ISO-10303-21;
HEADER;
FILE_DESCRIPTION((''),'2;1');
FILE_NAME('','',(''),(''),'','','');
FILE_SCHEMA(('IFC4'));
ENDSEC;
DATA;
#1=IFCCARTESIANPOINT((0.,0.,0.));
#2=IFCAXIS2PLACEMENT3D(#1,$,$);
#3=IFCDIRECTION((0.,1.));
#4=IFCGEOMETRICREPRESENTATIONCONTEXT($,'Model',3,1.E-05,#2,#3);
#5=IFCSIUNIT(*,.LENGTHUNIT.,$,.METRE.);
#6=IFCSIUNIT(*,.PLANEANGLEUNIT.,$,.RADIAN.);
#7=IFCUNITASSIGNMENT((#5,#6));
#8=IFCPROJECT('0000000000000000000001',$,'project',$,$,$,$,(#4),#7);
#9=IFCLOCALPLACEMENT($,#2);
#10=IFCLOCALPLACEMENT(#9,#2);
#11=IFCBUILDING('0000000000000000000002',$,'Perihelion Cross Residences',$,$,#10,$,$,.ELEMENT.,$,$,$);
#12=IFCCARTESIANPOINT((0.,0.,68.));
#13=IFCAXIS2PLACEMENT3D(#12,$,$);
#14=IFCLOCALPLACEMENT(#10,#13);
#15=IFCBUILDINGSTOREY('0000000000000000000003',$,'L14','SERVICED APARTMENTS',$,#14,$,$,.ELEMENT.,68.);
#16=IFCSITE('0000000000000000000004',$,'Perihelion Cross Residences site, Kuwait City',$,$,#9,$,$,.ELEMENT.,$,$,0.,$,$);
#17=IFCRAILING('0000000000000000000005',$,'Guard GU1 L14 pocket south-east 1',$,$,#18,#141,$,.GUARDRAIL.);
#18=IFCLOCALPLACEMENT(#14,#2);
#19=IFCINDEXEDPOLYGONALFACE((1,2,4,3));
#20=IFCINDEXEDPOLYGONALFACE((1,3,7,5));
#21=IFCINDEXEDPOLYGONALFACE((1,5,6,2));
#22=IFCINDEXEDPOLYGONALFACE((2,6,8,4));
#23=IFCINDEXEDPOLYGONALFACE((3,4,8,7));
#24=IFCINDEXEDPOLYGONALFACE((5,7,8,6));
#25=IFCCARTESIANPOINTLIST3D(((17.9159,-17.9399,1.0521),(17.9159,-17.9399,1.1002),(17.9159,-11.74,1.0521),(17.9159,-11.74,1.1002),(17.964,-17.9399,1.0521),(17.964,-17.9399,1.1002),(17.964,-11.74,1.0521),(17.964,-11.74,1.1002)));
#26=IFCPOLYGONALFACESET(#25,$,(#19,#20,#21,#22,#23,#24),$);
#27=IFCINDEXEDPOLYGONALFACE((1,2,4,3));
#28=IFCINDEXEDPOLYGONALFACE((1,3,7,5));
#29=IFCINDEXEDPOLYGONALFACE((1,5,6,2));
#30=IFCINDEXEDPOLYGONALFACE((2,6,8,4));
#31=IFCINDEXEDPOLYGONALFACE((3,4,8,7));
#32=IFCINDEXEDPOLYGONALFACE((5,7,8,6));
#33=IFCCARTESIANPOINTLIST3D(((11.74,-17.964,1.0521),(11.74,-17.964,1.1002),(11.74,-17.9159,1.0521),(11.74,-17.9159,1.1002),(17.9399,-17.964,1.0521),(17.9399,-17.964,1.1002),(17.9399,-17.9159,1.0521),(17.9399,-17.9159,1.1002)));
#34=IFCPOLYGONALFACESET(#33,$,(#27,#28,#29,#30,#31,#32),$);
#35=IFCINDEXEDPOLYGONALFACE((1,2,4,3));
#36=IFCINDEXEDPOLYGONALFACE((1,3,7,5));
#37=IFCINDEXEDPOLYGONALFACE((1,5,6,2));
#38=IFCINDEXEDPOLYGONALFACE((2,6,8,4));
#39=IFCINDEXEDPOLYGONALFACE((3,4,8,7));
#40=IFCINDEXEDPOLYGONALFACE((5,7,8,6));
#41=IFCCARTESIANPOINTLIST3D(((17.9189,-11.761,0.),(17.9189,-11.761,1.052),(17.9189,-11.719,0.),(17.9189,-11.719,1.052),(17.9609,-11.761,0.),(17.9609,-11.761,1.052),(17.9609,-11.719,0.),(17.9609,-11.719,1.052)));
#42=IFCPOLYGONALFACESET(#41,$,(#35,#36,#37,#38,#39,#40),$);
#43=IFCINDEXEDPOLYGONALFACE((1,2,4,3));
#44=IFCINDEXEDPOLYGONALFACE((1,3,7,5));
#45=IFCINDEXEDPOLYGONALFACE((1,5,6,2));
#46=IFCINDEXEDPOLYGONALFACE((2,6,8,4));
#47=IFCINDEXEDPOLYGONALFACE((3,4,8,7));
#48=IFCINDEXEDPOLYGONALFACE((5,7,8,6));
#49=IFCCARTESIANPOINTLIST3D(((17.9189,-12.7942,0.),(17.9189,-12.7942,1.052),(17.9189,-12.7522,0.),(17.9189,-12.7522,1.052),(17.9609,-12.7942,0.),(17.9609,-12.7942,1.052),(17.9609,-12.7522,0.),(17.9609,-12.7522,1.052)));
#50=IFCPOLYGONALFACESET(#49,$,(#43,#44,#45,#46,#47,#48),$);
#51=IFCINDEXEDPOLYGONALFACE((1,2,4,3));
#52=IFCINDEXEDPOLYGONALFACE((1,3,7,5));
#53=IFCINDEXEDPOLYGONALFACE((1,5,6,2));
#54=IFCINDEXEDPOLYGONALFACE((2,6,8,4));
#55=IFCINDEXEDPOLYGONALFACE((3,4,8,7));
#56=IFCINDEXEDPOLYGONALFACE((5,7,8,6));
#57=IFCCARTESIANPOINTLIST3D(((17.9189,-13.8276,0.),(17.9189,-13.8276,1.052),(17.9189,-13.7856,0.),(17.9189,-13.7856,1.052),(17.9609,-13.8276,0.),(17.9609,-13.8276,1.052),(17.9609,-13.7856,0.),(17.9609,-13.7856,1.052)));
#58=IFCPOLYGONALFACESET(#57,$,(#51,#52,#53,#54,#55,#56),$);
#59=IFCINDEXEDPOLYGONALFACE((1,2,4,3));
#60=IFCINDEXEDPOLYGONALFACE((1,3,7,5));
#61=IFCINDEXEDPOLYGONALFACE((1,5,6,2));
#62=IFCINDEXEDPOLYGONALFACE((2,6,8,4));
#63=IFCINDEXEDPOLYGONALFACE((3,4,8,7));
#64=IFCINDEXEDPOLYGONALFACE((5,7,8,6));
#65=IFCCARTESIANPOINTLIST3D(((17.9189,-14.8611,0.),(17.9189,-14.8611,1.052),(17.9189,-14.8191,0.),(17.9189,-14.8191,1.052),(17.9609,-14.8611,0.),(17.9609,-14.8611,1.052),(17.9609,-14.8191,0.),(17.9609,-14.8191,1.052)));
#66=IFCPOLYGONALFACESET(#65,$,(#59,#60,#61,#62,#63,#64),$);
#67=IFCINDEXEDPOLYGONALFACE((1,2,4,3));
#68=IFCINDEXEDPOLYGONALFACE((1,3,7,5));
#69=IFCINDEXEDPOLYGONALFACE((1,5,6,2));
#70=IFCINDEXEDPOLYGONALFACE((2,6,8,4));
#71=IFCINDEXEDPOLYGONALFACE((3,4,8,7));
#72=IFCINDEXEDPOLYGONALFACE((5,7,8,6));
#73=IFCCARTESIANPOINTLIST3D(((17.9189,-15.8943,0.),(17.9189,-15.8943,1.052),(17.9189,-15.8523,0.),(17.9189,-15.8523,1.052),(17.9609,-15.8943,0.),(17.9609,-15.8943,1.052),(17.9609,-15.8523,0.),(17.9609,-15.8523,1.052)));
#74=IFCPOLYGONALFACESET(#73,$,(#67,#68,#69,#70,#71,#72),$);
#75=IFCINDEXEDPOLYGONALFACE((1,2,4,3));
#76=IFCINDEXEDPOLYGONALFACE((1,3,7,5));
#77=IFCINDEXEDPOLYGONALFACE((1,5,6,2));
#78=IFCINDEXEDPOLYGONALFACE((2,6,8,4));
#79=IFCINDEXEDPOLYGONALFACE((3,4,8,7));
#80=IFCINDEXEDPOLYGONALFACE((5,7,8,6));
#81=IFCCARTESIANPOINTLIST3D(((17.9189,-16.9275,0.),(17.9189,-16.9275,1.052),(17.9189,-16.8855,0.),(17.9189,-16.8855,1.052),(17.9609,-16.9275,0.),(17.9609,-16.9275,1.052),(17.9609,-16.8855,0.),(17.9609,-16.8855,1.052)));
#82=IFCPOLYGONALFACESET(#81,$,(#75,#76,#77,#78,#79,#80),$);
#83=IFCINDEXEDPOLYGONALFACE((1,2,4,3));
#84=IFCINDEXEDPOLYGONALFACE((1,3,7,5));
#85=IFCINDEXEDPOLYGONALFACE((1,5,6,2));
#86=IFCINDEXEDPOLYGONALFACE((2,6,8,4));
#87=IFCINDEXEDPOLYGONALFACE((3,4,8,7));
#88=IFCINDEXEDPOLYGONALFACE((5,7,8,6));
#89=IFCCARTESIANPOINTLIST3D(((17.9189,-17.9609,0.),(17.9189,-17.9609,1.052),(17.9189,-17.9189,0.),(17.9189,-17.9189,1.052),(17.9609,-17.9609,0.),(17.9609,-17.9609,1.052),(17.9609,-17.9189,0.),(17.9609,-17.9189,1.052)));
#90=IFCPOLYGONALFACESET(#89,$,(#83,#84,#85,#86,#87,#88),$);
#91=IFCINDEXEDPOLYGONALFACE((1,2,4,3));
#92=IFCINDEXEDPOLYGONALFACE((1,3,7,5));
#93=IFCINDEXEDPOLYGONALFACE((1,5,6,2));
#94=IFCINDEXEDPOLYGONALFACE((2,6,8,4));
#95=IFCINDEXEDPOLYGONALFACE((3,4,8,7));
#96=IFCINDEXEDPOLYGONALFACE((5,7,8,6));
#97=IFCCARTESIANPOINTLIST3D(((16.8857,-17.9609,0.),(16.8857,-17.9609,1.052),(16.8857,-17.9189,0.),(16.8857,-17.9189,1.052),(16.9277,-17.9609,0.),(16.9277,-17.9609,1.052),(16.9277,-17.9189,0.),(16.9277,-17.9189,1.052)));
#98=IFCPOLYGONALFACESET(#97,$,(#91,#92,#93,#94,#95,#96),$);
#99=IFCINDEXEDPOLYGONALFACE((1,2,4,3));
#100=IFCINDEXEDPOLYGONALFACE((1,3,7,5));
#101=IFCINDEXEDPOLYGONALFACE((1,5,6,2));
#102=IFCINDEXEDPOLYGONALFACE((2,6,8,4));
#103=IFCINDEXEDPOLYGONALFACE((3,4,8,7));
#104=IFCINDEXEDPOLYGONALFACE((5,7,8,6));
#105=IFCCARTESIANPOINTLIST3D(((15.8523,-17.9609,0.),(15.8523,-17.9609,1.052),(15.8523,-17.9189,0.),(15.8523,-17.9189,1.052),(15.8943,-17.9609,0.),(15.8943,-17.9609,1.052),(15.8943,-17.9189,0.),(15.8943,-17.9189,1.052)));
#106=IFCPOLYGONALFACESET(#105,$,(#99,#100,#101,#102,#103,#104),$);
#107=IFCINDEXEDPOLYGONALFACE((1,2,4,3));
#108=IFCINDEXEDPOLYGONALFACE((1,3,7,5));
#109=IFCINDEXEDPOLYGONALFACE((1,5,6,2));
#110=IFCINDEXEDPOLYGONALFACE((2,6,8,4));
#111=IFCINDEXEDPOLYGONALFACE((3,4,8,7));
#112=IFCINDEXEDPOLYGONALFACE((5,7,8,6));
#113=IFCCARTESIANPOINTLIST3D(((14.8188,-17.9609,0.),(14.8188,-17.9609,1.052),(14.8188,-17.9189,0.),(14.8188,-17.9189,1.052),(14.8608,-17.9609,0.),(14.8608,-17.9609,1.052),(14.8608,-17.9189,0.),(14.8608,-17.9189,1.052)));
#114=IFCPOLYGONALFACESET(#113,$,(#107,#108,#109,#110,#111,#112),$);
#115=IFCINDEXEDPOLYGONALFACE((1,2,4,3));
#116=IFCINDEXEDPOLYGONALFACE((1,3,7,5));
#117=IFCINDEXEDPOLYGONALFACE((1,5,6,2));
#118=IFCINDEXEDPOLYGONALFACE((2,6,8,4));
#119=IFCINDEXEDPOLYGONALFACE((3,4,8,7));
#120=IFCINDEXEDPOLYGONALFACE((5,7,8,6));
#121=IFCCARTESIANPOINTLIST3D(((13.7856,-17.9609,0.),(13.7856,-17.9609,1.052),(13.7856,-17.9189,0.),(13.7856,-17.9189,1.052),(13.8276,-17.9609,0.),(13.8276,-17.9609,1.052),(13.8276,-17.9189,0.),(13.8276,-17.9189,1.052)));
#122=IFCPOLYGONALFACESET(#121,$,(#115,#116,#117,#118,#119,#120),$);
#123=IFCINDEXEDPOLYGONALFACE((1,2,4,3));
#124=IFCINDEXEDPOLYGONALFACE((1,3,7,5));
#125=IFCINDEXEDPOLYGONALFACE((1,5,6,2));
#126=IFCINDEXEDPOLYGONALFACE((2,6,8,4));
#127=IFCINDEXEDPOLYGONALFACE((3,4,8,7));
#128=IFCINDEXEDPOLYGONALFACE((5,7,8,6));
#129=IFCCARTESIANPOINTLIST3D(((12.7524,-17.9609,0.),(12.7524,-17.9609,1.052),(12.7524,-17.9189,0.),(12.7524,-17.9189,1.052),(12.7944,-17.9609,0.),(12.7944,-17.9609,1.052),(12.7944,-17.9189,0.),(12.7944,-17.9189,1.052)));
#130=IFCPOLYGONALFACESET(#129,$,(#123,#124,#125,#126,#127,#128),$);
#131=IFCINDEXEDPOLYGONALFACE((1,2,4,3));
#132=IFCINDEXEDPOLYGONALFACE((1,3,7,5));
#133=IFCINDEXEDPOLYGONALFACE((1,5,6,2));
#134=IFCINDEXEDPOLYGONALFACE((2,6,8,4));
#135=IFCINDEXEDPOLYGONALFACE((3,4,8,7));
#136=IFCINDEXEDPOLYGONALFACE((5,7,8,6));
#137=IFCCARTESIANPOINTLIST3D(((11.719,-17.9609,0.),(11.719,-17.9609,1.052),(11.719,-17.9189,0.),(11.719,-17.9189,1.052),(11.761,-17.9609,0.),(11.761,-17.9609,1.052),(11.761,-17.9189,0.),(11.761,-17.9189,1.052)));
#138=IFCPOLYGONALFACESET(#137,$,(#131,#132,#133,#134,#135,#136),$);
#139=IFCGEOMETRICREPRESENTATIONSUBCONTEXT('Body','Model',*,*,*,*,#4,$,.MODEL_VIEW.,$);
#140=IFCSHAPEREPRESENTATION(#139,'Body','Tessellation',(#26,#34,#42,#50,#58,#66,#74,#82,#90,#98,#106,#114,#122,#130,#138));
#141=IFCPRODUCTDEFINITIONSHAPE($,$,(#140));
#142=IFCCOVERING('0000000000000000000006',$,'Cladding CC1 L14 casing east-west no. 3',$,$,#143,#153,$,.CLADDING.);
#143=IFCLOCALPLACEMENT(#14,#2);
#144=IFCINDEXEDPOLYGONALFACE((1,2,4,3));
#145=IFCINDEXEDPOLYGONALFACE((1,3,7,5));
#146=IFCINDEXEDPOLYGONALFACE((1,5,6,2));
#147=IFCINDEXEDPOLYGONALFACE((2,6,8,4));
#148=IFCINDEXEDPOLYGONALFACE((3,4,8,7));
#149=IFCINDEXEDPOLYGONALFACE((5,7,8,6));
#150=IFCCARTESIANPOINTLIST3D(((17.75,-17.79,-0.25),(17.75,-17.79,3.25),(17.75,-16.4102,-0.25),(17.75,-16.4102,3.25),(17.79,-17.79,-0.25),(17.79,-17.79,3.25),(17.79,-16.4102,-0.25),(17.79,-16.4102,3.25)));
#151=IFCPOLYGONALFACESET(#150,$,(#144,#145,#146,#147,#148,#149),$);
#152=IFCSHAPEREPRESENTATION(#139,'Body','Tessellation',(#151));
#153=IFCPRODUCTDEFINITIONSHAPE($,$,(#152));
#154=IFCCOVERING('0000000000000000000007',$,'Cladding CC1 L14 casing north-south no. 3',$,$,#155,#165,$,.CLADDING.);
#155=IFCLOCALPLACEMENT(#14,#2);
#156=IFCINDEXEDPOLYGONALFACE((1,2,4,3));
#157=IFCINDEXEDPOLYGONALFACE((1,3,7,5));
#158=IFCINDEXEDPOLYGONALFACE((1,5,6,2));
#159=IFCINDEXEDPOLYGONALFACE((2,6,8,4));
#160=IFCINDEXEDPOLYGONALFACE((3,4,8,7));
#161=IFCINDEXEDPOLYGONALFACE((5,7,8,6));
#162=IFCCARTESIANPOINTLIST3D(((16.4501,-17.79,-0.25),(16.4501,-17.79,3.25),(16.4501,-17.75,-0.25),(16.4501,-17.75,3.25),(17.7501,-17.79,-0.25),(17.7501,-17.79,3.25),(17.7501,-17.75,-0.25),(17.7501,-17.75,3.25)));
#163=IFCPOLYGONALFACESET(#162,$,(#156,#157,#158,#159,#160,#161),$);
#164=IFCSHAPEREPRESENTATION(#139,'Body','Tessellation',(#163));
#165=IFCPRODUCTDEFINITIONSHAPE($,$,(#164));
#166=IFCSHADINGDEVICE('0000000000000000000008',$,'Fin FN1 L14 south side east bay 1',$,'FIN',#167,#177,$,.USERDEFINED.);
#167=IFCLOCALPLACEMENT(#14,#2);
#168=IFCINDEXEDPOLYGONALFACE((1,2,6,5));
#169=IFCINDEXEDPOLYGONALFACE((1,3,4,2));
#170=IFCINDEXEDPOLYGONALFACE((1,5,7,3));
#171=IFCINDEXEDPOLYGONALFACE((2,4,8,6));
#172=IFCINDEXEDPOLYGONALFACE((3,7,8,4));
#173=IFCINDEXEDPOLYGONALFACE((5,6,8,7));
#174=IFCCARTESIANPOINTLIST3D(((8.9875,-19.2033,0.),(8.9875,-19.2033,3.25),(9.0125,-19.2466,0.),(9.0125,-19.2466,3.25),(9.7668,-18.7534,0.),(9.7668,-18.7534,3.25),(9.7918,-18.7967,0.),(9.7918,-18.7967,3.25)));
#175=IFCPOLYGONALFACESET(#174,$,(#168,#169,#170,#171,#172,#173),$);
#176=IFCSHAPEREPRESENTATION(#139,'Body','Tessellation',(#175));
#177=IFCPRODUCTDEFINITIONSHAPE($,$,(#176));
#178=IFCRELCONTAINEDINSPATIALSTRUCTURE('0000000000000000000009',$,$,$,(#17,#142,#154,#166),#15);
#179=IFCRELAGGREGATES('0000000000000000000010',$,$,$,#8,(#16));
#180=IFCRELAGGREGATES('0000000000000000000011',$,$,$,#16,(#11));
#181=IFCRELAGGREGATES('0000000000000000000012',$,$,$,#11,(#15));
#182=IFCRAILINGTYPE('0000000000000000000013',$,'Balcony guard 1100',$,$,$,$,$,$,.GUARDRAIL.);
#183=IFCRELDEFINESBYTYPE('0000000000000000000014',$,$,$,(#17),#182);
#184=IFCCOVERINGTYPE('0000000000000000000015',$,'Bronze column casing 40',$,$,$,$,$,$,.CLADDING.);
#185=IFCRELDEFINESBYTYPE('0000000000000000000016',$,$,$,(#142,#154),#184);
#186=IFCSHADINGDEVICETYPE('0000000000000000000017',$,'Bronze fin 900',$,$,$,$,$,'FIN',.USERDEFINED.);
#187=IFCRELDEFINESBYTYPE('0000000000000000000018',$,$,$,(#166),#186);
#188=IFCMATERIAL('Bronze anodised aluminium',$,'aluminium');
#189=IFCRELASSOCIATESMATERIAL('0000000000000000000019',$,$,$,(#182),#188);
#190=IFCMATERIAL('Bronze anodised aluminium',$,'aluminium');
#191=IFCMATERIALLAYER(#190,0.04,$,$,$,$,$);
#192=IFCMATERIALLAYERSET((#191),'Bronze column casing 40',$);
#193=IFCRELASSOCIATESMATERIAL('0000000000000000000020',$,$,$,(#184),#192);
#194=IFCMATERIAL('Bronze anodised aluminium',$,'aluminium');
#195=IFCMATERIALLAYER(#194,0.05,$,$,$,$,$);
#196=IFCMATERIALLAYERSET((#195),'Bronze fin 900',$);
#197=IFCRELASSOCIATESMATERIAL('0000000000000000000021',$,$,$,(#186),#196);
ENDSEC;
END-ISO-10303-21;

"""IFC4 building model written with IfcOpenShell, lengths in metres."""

from ifc_helpers import new_model, si_unit, direction, frame, origin, origin_2d, place, context, subcontext, project, spatial, rectangle, extrude, material, layer, layer_set, type_object, element, save


model = new_model("IFC4")

# Units and contexts
model_context = context("Model", 3, precision=1e-05, world=origin(), true_north=direction((0.0, 1.0)))
body_context = subcontext(model_context, "Body", "Model", "MODEL_VIEW")
ifc_project = project(units=[si_unit("LENGTHUNIT", "METRE"), si_unit("PLANEANGLEUNIT", "RADIAN")], contexts=[model_context])

# Site, building, storey
site_placement = place(None, origin())
site = spatial("IfcSite", under=ifc_project, at=site_placement, Name="Perihelion Cross Residences site, Kuwait City", CompositionType="ELEMENT", RefElevation=0.0)
building_placement = place(site_placement, origin())
building = spatial("IfcBuilding", under=site, at=building_placement, Name="Perihelion Cross Residences", CompositionType="ELEMENT")
storey_placement = place(building_placement, frame((0.0, 0.0, 68.0)))
storey = spatial("IfcBuildingStorey", under=building, at=storey_placement, Name="L14", Description="SERVICED APARTMENTS", CompositionType="ELEMENT", Elevation=68.0)

# Railing
ifc_material_1 = material(Name="Bronze anodised aluminium", Category="aluminium")
railing_type = type_object("IfcRailingType", Name="Balcony guard 1100", PredefinedType="GUARDRAIL", material=ifc_material_1)
railing_1_placement = place(storey_placement, frame((17.9399, -11.74, 0.0)))
element("IfcRailing", 1, at=railing_1_placement, inside=storey, type_object=railing_type, Name="Guard GU1 L14 pocket south-east 1", PredefinedType="GUARDRAIL", context=body_context, shape_type="SweptSolid", body=[
    extrude(rectangle(XDim=0.0481, YDim=0.0481, at=origin_2d()), frame((0.0, 0.0, 1.0762), z_axis=(0.0, -1.0, 0.0), x_axis=(1.0, 0.0, 0.0)), (0.0, 0.0, 1.0), 6.2),
    extrude(rectangle(XDim=0.0481, YDim=0.0481, at=origin_2d()), frame((0.0, -6.2, 1.0762), z_axis=(-1.0, 0.0, 0.0), x_axis=(0.0, -1.0, 0.0)), (0.0, 0.0, 1.0), 6.2),
    extrude(rectangle(XDim=0.042, YDim=0.042, at=origin_2d()), origin(), (0.0, 0.0, 1.0), 1.052),
    extrude(rectangle(XDim=0.042, YDim=0.042, at=origin_2d()), frame((0.0, -1.0332, 0.0)), (0.0, 0.0, 1.0), 1.052),
    extrude(rectangle(XDim=0.042, YDim=0.042, at=origin_2d()), frame((0.0, -2.0667, 0.0)), (0.0, 0.0, 1.0), 1.052),
    extrude(rectangle(XDim=0.042, YDim=0.042, at=origin_2d()), frame((0.0, -3.1001, 0.0)), (0.0, 0.0, 1.0), 1.052),
    extrude(rectangle(XDim=0.042, YDim=0.042, at=origin_2d()), frame((0.0, -4.1333, 0.0)), (0.0, 0.0, 1.0), 1.052),
    extrude(rectangle(XDim=0.042, YDim=0.042, at=origin_2d()), frame((0.0, -5.1665, 0.0)), (0.0, 0.0, 1.0), 1.052),
    extrude(rectangle(XDim=0.042, YDim=0.042, at=origin_2d()), frame((0.0, -6.2, 0.0)), (0.0, 0.0, 1.0), 1.052),
    extrude(rectangle(XDim=0.042, YDim=0.042, at=origin_2d()), frame((-1.0332, -6.2, 0.0)), (0.0, 0.0, 1.0), 1.052),
    extrude(rectangle(XDim=0.042, YDim=0.042, at=origin_2d()), frame((-2.0667, -6.2, 0.0)), (0.0, 0.0, 1.0), 1.052),
    extrude(rectangle(XDim=0.042, YDim=0.042, at=origin_2d()), frame((-3.1001, -6.2, 0.0)), (0.0, 0.0, 1.0), 1.052),
    extrude(rectangle(XDim=0.042, YDim=0.042, at=origin_2d()), frame((-4.1333, -6.2, 0.0)), (0.0, 0.0, 1.0), 1.052),
    extrude(rectangle(XDim=0.042, YDim=0.042, at=origin_2d()), frame((-5.1665, -6.2, 0.0)), (0.0, 0.0, 1.0), 1.052),
    extrude(rectangle(XDim=0.042, YDim=0.042, at=origin_2d()), frame((-6.2, -6.2, 0.0)), (0.0, 0.0, 1.0), 1.052),
])

# Coverings
ifc_material_2 = material(Name="Bronze anodised aluminium", Category="aluminium")
ifc_layer_1 = layer(ifc_material_2, 0.04)
ifc_layer_set_1 = layer_set([ifc_layer_1], Name="Bronze column casing 40")
covering_type = type_object("IfcCoveringType", Name="Bronze column casing 40", PredefinedType="CLADDING", material=ifc_layer_set_1)
covering_1_placement = place(storey_placement, frame((17.77, -17.1001, -0.25), z_axis=(0.0, 0.0, 1.0), x_axis=(1.0, 0.0, 0.0)))
element("IfcCovering", 2, at=covering_1_placement, inside=storey, type_object=covering_type, Name="Cladding CC1 L14 casing east-west no. 3", PredefinedType="CLADDING", context=body_context, shape_type="SweptSolid", body=[
    extrude(rectangle(XDim=0.04, YDim=1.3799, at=origin_2d()), origin(), (0.0, 0.0, 1.0), 3.5),
])
covering_2_placement = place(storey_placement, frame((17.1001, -17.77, -0.25), z_axis=(0.0, 0.0, 1.0), x_axis=(1.0, 0.0, 0.0)))
element("IfcCovering", 3, at=covering_2_placement, inside=storey, type_object=covering_type, Name="Cladding CC1 L14 casing north-south no. 3", PredefinedType="CLADDING", context=body_context, shape_type="SweptSolid", body=[
    extrude(rectangle(XDim=1.3, YDim=0.04, at=origin_2d()), origin(), (0.0, 0.0, 1.0), 3.5),
])

# Shading device
ifc_material_3 = material(Name="Bronze anodised aluminium", Category="aluminium")
ifc_layer_2 = layer(ifc_material_3, 0.05)
ifc_layer_set_2 = layer_set([ifc_layer_2], Name="Bronze fin 900")
shading_device_type = type_object("IfcShadingDeviceType", Name="Bronze fin 900", ElementType="FIN", PredefinedType="USERDEFINED", material=ifc_layer_set_2)
shading_device_placement = place(storey_placement, frame((9.3896, -19.0, 0.0), z_axis=(0.0, 0.0, 1.0), x_axis=(0.866025, 0.5, 0.0)))
element("IfcShadingDevice", 4, at=shading_device_placement, inside=storey, type_object=shading_device_type, Name="Fin FN1 L14 south side east bay 1", ObjectType="FIN", PredefinedType="USERDEFINED", context=body_context, shape_type="SweptSolid", body=[
    extrude(rectangle(XDim=0.8999, YDim=0.05, at=origin_2d()), origin(), (0.0, 0.0, 1.0), 3.25),
])

save(model, "model.ifc")
